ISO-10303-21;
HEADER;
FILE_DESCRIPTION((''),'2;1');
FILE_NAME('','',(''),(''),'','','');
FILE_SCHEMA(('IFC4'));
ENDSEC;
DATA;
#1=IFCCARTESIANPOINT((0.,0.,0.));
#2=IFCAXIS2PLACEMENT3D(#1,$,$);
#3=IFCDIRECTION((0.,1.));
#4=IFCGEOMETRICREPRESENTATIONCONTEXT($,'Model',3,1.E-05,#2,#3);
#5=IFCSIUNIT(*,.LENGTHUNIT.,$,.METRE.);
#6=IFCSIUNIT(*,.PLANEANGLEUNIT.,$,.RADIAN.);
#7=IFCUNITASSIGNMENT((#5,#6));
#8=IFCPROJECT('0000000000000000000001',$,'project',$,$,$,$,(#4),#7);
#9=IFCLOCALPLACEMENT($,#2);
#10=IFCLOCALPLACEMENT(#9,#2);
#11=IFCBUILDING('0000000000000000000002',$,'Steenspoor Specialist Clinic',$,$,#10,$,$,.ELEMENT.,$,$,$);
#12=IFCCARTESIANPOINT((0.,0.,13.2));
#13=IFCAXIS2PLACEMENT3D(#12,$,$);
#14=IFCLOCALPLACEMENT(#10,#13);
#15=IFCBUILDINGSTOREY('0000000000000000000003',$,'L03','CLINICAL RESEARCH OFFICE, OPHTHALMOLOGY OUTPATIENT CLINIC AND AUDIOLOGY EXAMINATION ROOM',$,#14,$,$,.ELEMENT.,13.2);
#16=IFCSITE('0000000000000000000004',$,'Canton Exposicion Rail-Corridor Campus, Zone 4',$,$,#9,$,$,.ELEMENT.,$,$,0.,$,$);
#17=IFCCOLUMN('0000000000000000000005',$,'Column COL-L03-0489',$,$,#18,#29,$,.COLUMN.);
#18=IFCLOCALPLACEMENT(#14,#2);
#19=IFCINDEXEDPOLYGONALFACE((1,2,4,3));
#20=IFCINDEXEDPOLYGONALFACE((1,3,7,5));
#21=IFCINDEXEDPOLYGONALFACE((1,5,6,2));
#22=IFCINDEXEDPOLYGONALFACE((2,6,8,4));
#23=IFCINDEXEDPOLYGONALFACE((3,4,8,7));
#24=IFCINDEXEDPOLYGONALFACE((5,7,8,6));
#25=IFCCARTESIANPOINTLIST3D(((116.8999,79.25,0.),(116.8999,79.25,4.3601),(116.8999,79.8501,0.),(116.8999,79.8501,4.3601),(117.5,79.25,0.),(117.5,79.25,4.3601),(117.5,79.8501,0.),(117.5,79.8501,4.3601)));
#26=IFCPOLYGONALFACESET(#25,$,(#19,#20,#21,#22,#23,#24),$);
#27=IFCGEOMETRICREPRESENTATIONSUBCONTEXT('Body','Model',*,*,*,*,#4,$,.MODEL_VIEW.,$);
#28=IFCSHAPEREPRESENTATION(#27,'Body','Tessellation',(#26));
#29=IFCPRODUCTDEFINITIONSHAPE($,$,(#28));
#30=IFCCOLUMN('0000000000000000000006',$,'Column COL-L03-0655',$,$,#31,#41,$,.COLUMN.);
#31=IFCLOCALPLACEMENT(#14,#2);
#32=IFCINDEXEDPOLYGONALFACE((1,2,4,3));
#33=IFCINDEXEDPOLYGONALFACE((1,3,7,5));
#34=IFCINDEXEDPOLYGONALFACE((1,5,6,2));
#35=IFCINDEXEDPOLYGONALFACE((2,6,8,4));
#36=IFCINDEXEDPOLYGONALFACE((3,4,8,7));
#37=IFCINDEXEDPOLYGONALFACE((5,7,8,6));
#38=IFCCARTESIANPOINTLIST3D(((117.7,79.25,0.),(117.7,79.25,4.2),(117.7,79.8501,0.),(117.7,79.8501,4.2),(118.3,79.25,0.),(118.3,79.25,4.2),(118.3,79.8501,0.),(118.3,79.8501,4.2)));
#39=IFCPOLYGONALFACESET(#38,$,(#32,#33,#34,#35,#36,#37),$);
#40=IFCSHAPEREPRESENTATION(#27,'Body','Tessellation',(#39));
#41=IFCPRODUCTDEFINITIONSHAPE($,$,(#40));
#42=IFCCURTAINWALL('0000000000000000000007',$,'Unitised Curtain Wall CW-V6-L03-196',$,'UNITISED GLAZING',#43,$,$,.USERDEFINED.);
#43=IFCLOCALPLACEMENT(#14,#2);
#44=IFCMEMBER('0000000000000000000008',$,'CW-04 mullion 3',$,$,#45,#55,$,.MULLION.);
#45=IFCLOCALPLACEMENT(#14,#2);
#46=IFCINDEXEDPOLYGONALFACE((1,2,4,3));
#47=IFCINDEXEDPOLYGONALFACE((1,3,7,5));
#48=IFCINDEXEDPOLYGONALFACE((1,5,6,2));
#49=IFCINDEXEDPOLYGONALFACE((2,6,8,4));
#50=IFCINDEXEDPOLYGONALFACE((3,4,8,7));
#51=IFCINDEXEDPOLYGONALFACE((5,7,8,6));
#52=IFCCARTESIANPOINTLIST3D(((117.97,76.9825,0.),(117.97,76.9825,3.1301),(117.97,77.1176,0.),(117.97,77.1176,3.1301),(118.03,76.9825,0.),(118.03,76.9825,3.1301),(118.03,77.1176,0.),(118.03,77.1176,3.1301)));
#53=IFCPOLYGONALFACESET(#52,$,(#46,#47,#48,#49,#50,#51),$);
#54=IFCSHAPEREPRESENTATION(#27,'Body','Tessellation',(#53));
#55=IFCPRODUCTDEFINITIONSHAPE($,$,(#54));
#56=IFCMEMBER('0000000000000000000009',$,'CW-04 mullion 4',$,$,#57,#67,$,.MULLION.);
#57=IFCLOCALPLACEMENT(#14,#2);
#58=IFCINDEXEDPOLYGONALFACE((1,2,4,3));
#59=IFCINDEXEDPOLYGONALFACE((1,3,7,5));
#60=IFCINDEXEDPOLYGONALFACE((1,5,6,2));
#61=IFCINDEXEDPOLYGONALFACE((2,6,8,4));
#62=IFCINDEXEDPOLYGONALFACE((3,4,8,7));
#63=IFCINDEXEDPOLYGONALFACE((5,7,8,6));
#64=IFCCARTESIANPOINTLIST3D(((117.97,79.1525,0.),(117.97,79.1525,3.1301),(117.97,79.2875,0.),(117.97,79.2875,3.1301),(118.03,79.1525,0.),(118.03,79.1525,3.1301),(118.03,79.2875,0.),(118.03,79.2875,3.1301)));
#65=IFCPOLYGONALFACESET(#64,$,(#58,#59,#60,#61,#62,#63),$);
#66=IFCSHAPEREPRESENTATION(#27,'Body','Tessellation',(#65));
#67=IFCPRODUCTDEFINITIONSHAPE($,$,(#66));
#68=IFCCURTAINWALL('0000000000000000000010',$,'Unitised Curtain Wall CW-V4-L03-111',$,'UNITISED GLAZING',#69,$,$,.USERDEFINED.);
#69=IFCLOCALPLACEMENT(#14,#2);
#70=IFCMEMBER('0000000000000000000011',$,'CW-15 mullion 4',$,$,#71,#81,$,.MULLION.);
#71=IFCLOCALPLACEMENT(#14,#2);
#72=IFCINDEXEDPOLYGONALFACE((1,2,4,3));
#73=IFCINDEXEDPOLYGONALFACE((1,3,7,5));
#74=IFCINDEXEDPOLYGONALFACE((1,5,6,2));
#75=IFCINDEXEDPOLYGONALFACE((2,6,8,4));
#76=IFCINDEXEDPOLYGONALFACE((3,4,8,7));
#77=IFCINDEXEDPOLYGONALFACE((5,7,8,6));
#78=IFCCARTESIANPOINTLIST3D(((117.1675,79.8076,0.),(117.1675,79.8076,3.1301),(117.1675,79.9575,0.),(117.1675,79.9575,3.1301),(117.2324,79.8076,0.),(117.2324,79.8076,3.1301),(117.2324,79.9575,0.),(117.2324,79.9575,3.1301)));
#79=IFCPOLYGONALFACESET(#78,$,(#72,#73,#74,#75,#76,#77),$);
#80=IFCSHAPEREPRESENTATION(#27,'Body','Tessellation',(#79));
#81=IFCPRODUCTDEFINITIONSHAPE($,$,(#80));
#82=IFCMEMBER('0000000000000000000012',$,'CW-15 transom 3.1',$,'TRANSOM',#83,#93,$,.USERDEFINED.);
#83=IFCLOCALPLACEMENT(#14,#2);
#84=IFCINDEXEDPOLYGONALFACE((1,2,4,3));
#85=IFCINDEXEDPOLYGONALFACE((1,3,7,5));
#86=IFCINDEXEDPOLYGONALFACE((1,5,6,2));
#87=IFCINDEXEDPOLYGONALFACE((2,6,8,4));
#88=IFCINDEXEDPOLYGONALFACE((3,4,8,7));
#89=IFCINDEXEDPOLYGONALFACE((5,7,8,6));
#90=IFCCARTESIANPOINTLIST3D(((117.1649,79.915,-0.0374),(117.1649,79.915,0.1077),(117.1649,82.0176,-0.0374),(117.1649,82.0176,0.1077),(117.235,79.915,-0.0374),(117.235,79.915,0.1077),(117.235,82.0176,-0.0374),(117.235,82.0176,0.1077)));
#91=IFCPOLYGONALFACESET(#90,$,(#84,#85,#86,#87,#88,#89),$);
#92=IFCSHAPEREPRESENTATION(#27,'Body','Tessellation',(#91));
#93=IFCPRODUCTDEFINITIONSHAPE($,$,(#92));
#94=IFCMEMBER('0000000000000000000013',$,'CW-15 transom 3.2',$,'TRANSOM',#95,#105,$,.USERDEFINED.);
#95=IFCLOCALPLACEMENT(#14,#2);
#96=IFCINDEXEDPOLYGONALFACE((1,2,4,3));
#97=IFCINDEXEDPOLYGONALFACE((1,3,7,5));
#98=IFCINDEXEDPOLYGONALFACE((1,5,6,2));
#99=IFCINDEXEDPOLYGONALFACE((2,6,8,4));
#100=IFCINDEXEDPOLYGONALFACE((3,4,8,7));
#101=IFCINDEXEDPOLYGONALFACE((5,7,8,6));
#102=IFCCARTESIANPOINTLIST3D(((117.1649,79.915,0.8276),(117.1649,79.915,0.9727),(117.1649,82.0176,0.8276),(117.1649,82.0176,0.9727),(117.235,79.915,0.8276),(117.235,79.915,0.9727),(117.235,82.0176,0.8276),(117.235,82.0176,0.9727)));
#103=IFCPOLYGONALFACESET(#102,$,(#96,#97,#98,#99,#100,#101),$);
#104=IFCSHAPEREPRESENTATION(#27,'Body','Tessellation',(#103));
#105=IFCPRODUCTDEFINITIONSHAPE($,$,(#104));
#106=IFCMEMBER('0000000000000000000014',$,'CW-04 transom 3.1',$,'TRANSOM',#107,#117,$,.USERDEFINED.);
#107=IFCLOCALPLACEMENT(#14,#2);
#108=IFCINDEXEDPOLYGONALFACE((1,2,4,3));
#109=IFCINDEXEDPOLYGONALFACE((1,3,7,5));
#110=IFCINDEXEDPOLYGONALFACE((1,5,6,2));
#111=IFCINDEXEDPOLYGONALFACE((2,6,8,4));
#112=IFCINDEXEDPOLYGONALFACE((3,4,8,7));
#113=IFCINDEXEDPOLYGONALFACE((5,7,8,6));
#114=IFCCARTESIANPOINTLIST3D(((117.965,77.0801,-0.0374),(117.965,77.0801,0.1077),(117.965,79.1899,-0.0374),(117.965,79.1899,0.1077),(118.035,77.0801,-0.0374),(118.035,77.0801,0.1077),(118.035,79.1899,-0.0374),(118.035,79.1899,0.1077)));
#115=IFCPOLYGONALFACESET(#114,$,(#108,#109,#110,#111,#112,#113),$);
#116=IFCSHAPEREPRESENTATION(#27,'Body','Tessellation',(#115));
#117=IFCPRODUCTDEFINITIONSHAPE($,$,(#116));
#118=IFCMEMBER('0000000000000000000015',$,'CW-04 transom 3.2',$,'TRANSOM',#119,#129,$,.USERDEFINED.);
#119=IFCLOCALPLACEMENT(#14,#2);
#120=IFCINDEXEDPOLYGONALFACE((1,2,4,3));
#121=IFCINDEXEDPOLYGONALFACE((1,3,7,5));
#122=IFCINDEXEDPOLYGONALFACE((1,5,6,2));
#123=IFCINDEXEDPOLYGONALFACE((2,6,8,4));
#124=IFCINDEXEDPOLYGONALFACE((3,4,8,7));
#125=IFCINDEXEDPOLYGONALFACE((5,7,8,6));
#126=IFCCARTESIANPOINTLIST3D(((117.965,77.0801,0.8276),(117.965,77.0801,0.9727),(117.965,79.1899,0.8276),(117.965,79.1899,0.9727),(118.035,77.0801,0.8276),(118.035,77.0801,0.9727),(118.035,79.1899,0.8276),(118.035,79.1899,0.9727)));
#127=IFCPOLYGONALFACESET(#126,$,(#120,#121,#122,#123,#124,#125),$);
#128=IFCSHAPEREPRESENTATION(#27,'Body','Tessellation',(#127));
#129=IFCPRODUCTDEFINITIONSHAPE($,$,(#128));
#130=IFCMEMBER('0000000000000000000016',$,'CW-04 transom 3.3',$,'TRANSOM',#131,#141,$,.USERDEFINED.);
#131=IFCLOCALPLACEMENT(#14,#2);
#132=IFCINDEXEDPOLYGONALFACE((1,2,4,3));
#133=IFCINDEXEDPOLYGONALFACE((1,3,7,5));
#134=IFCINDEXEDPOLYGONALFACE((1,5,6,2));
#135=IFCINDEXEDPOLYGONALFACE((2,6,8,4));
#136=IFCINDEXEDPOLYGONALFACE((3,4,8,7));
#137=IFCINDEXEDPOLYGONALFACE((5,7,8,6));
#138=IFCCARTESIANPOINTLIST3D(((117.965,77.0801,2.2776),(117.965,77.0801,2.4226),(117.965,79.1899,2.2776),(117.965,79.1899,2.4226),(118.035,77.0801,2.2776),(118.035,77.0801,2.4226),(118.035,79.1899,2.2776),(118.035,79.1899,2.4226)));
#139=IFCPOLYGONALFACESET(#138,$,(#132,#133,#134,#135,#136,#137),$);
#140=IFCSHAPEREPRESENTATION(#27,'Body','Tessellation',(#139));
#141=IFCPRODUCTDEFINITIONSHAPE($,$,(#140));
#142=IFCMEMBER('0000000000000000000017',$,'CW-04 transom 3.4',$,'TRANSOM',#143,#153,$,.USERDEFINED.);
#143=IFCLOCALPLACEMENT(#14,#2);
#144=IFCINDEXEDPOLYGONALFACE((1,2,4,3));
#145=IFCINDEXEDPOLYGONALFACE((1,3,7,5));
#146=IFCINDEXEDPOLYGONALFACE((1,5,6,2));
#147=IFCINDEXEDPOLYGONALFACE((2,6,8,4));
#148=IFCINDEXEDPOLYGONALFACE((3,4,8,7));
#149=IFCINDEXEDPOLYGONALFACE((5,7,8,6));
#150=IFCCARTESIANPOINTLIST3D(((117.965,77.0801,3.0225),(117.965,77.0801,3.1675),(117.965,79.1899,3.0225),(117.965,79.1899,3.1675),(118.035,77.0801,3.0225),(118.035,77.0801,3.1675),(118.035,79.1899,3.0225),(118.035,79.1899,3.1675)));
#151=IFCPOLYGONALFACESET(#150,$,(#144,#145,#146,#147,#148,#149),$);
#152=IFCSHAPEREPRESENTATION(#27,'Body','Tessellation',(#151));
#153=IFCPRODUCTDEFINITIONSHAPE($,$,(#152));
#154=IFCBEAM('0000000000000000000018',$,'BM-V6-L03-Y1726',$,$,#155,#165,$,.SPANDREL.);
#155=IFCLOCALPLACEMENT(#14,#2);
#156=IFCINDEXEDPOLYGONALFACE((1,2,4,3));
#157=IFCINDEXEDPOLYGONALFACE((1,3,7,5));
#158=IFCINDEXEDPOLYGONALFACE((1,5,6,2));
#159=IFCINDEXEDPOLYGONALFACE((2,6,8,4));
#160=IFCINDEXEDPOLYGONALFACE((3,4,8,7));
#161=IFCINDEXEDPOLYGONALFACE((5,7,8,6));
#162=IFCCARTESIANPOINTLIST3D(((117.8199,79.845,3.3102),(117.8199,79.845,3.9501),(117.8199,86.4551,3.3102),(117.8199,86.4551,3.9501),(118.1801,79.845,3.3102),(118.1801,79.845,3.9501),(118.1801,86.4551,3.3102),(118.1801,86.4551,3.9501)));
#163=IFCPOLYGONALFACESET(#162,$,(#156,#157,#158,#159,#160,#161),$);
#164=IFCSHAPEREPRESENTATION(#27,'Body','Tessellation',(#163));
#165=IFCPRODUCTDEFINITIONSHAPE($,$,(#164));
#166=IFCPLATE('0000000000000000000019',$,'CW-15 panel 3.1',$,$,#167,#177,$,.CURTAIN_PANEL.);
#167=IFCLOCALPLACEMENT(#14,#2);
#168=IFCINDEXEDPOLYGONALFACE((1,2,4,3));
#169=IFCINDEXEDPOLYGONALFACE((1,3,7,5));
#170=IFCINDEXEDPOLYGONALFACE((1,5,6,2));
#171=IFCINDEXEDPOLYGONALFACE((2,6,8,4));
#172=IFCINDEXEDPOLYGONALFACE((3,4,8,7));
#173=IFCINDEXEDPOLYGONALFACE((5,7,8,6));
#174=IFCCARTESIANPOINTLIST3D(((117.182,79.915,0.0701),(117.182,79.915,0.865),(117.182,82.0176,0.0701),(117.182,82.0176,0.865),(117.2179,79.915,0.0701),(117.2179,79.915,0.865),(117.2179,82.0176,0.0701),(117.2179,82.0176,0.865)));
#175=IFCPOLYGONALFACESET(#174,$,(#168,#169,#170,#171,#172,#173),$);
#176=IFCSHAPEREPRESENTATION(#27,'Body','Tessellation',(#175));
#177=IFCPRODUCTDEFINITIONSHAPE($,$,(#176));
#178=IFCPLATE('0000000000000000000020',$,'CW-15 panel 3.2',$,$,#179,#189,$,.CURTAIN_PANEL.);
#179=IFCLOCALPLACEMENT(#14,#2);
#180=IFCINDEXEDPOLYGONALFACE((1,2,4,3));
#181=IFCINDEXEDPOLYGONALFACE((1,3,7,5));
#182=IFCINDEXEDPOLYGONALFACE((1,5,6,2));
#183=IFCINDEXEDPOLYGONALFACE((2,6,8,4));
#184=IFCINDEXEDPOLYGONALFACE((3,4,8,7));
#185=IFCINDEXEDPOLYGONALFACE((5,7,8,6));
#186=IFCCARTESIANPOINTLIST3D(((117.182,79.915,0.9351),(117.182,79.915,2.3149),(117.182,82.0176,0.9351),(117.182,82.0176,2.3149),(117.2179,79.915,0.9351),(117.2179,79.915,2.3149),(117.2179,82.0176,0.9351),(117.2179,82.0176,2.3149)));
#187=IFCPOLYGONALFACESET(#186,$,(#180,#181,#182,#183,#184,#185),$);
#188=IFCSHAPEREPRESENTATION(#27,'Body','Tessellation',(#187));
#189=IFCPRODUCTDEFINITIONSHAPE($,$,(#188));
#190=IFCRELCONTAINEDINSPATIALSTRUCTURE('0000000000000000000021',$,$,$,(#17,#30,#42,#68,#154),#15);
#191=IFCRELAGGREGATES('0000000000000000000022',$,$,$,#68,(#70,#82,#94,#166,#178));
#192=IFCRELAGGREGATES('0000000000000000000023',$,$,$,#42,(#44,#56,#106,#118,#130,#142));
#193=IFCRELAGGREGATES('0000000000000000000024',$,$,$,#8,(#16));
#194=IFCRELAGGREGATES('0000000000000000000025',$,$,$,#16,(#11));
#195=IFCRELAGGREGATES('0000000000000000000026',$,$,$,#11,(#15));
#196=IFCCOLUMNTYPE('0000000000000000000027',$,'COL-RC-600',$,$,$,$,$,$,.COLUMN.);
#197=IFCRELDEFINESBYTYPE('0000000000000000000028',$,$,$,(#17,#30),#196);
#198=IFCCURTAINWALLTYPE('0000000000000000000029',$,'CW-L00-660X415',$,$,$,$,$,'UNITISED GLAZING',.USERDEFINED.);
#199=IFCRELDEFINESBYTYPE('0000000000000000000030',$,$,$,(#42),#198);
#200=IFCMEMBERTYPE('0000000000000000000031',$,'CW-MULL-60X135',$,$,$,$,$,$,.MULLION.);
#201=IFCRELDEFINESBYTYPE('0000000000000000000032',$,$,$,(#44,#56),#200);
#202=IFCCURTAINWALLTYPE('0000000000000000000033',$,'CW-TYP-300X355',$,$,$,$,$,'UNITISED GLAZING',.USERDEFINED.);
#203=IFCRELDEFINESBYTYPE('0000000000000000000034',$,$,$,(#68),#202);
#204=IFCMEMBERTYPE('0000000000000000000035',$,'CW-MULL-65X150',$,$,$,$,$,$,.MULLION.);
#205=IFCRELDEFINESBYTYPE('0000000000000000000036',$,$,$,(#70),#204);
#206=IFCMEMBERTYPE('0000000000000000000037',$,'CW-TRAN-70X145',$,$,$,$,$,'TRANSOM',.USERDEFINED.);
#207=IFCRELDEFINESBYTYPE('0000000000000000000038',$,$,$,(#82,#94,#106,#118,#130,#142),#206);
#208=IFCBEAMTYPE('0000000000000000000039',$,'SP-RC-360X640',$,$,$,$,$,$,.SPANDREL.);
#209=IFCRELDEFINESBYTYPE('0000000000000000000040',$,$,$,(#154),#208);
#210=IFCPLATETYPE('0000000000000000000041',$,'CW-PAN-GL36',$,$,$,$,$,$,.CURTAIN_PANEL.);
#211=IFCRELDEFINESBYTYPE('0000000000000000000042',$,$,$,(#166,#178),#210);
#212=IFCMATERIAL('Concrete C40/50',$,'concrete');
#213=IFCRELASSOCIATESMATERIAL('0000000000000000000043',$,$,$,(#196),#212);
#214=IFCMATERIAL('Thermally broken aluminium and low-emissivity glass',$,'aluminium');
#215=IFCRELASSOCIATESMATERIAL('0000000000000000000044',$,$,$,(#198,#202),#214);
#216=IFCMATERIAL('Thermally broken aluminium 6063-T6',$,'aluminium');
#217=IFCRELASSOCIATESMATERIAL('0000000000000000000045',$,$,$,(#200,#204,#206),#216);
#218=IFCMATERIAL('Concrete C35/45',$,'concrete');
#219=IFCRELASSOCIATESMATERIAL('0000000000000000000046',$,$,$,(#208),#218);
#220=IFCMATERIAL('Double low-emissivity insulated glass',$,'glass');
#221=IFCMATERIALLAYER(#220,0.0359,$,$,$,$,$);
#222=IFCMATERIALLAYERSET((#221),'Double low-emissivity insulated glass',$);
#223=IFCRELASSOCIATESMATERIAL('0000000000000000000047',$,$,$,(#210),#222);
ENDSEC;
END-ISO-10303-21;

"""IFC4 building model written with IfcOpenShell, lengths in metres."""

from ifc_helpers import new_model, si_unit, direction, frame, origin, origin_2d, place, context, subcontext, project, spatial, rectangle, extrude, material, layer, layer_set, material_profile, profile_set, type_object, element, aggregate, save


model = new_model("IFC4")

# Units and contexts
model_context = context("Model", 3, precision=1e-05, world=origin(), true_north=direction((0.0, 1.0)))
body_context = subcontext(model_context, "Body", "Model", "MODEL_VIEW")
ifc_project = project(units=[si_unit("LENGTHUNIT", "METRE"), si_unit("PLANEANGLEUNIT", "RADIAN")], contexts=[model_context])

# Site, building, storey
site_placement = place(None, origin())
site = spatial("IfcSite", under=ifc_project, at=site_placement, Name="Canton Exposicion Rail-Corridor Campus, Zone 4", CompositionType="ELEMENT", RefElevation=0.0)
building_placement = place(site_placement, origin())
building = spatial("IfcBuilding", under=site, at=building_placement, Name="Steenspoor Specialist Clinic", CompositionType="ELEMENT")
storey_placement = place(building_placement, frame((0.0, 0.0, 13.2)))
storey = spatial("IfcBuildingStorey", under=building, at=storey_placement, Name="L03", Description="CLINICAL RESEARCH OFFICE, OPHTHALMOLOGY OUTPATIENT CLINIC AND AUDIOLOGY EXAMINATION ROOM", CompositionType="ELEMENT", Elevation=13.2)

# Columns
ifc_material_1 = material(Name="Concrete C40/50", Category="concrete")
ifc_material_profile_1 = material_profile(ifc_material_1, rectangle(XDim=0.6001, YDim=0.6001, at=origin_2d()), Name="RC-COL-600X600")
ifc_profile_set_1 = profile_set([ifc_material_profile_1], Name="Concrete C40/50")
column_type = type_object("IfcColumnType", Name="COL-RC-600", PredefinedType="COLUMN", material=ifc_profile_set_1)
column_1_placement = place(storey_placement, frame((117.2, 79.55, 0.0), z_axis=(0.0, 0.0, 1.0), x_axis=(1.0, 0.0, 0.0)))
element("IfcColumn", 1, at=column_1_placement, inside=storey, type_object=column_type, Name="Column COL-L03-0489", PredefinedType="COLUMN", context=body_context, shape_type="SweptSolid", body=[
    extrude(rectangle(XDim=0.6001, YDim=0.6001, at=origin_2d()), origin(), (0.0, 0.0, 1.0), 4.3601),
])
column_2_placement = place(storey_placement, frame((118.0, 79.55, 0.0), z_axis=(0.0, 0.0, 1.0), x_axis=(1.0, 0.0, 0.0)))
element("IfcColumn", 2, at=column_2_placement, inside=storey, type_object=column_type, Name="Column COL-L03-0655", PredefinedType="COLUMN", context=body_context, shape_type="SweptSolid", body=[
    extrude(rectangle(XDim=0.6001, YDim=0.6001, at=origin_2d()), origin(), (0.0, 0.0, 1.0), 4.2),
])

# Curtain walls, members
ifc_material_2 = material(Name="Thermally broken aluminium and low-emissivity glass", Category="aluminium")
curtain_wall_type_1 = type_object("IfcCurtainWallType", Name="CW-L00-660X415", ElementType="UNITISED GLAZING", PredefinedType="USERDEFINED", material=ifc_material_2)
curtain_wall_1_placement = place(storey_placement, origin())
curtain_wall_1 = element("IfcCurtainWall", 3, at=curtain_wall_1_placement, inside=storey, type_object=curtain_wall_type_1, Name="Unitised Curtain Wall CW-V6-L03-196", ObjectType="UNITISED GLAZING", PredefinedType="USERDEFINED")
ifc_material_3 = material(Name="Thermally broken aluminium 6063-T6", Category="aluminium")
ifc_material_profile_2 = material_profile(ifc_material_3, rectangle(XDim=0.0601, YDim=0.135, at=origin_2d()), Name="CWM-60X135")
ifc_profile_set_2 = profile_set([ifc_material_profile_2], Name="Thermally broken aluminium 6063-T6")
member_type_1 = type_object("IfcMemberType", Name="CW-MULL-60X135", PredefinedType="MULLION", material=ifc_profile_set_2)
member_1_placement = place(storey_placement, frame((118.0, 77.05, 0.0), z_axis=(0.0, 0.0, 1.0), x_axis=(-1.0, 0.0, 0.0)))
member_1 = element("IfcMember", 4, at=member_1_placement, type_object=member_type_1, Name="CW-04 mullion 3", PredefinedType="MULLION", context=body_context, shape_type="SweptSolid", body=[
    extrude(rectangle(XDim=0.0601, YDim=0.135, at=origin_2d()), origin(), (0.0, 0.0, 1.0), 3.1301),
])
member_2_placement = place(storey_placement, frame((118.0, 79.22, 0.0), z_axis=(0.0, 0.0, 1.0), x_axis=(-1.0, 0.0, 0.0)))
member_2 = element("IfcMember", 5, at=member_2_placement, type_object=member_type_1, Name="CW-04 mullion 4", PredefinedType="MULLION", context=body_context, shape_type="SweptSolid", body=[
    extrude(rectangle(XDim=0.0601, YDim=0.135, at=origin_2d()), origin(), (0.0, 0.0, 1.0), 3.1301),
])
curtain_wall_type_2 = type_object("IfcCurtainWallType", Name="CW-TYP-300X355", ElementType="UNITISED GLAZING", PredefinedType="USERDEFINED", material=ifc_material_2)
curtain_wall_2_placement = place(storey_placement, origin())
curtain_wall_2 = element("IfcCurtainWall", 6, at=curtain_wall_2_placement, inside=storey, type_object=curtain_wall_type_2, Name="Unitised Curtain Wall CW-V4-L03-111", ObjectType="UNITISED GLAZING", PredefinedType="USERDEFINED")
ifc_material_profile_3 = material_profile(ifc_material_3, rectangle(XDim=0.0649, YDim=0.1499, at=origin_2d()), Name="CWM-65X150")
ifc_profile_set_3 = profile_set([ifc_material_profile_3], Name="Thermally broken aluminium 6063-T6")
member_type_2 = type_object("IfcMemberType", Name="CW-MULL-65X150", PredefinedType="MULLION", material=ifc_profile_set_3)
member_3_placement = place(storey_placement, frame((117.2, 79.8826, 0.0), z_axis=(0.0, 0.0, 1.0), x_axis=(1.0, 0.0, 0.0)))
member_3 = element("IfcMember", 7, at=member_3_placement, type_object=member_type_2, Name="CW-15 mullion 4", PredefinedType="MULLION", context=body_context, shape_type="SweptSolid", body=[
    extrude(rectangle(XDim=0.0649, YDim=0.1499, at=origin_2d()), origin(), (0.0, 0.0, 1.0), 3.1301),
])
ifc_material_profile_4 = material_profile(ifc_material_3, rectangle(XDim=0.0701, YDim=0.145, at=origin_2d()), Name="CWT-70X145")
ifc_profile_set_4 = profile_set([ifc_material_profile_4], Name="Thermally broken aluminium 6063-T6")
member_type_3 = type_object("IfcMemberType", Name="CW-TRAN-70X145", ElementType="TRANSOM", PredefinedType="USERDEFINED", material=ifc_profile_set_4)
member_4_placement = place(storey_placement, frame((117.2, 82.0176, 0.0352), z_axis=(0.0, -1.0, 0.0), x_axis=(1.0, 0.0, 0.0)))
member_4 = element("IfcMember", 8, at=member_4_placement, type_object=member_type_3, Name="CW-15 transom 3.1", ObjectType="TRANSOM", PredefinedType="USERDEFINED", context=body_context, shape_type="SweptSolid", body=[
    extrude(rectangle(XDim=0.0701, YDim=0.145, at=origin_2d()), origin(), (0.0, 0.0, 1.0), 2.1025),
])
member_5_placement = place(storey_placement, frame((117.2, 82.0176, 0.9001), z_axis=(0.0, -1.0, 0.0), x_axis=(1.0, 0.0, 0.0)))
member_5 = element("IfcMember", 9, at=member_5_placement, type_object=member_type_3, Name="CW-15 transom 3.2", ObjectType="TRANSOM", PredefinedType="USERDEFINED", context=body_context, shape_type="SweptSolid", body=[
    extrude(rectangle(XDim=0.0701, YDim=0.145, at=origin_2d()), origin(), (0.0, 0.0, 1.0), 2.1025),
])

# Members
member_6_placement = place(storey_placement, frame((118.0, 77.0801, 0.0352), z_axis=(0.0, 1.0, 0.0), x_axis=(-1.0, 0.0, 0.0)))
member_6 = element("IfcMember", 10, at=member_6_placement, type_object=member_type_3, Name="CW-04 transom 3.1", ObjectType="TRANSOM", PredefinedType="USERDEFINED", context=body_context, shape_type="SweptSolid", body=[
    extrude(rectangle(XDim=0.0701, YDim=0.145, at=origin_2d()), origin(), (0.0, 0.0, 1.0), 2.1099),
])
member_7_placement = place(storey_placement, frame((118.0, 77.0801, 0.9001), z_axis=(0.0, 1.0, 0.0), x_axis=(-1.0, 0.0, 0.0)))
member_7 = element("IfcMember", 11, at=member_7_placement, type_object=member_type_3, Name="CW-04 transom 3.2", ObjectType="TRANSOM", PredefinedType="USERDEFINED", context=body_context, shape_type="SweptSolid", body=[
    extrude(rectangle(XDim=0.0701, YDim=0.145, at=origin_2d()), origin(), (0.0, 0.0, 1.0), 2.1099),
])
member_8_placement = place(storey_placement, frame((118.0, 77.0801, 2.3501), z_axis=(0.0, 1.0, 0.0), x_axis=(-1.0, 0.0, 0.0)))
member_8 = element("IfcMember", 12, at=member_8_placement, type_object=member_type_3, Name="CW-04 transom 3.3", ObjectType="TRANSOM", PredefinedType="USERDEFINED", context=body_context, shape_type="SweptSolid", body=[
    extrude(rectangle(XDim=0.0701, YDim=0.145, at=origin_2d()), origin(), (0.0, 0.0, 1.0), 2.1099),
])
member_9_placement = place(storey_placement, frame((118.0, 77.0801, 3.095), z_axis=(0.0, 1.0, 0.0), x_axis=(-1.0, 0.0, 0.0)))
member_9 = element("IfcMember", 13, at=member_9_placement, type_object=member_type_3, Name="CW-04 transom 3.4", ObjectType="TRANSOM", PredefinedType="USERDEFINED", context=body_context, shape_type="SweptSolid", body=[
    extrude(rectangle(XDim=0.0701, YDim=0.145, at=origin_2d()), origin(), (0.0, 0.0, 1.0), 2.1099),
])

# Beam
ifc_material_4 = material(Name="Concrete C35/45", Category="concrete")
ifc_material_profile_5 = material_profile(ifc_material_4, rectangle(XDim=0.3601, YDim=0.6399, at=origin_2d()), Name="RC-SP-360X640")
ifc_profile_set_5 = profile_set([ifc_material_profile_5], Name="Concrete C35/45")
beam_type = type_object("IfcBeamType", Name="SP-RC-360X640", PredefinedType="SPANDREL", material=ifc_profile_set_5)
beam_placement = place(storey_placement, frame((118.0, 79.845, 3.6301), z_axis=(0.0, 1.0, 0.0), x_axis=(-1.0, 0.0, 0.0)))
element("IfcBeam", 14, at=beam_placement, inside=storey, type_object=beam_type, Name="BM-V6-L03-Y1726", PredefinedType="SPANDREL", context=body_context, shape_type="SweptSolid", body=[
    extrude(rectangle(XDim=0.3601, YDim=0.6399, at=origin_2d()), origin(), (0.0, 0.0, 1.0), 6.6101),
])

# Plates
ifc_material_5 = material(Name="Double low-emissivity insulated glass", Category="glass")
ifc_layer_1 = layer(ifc_material_5, 0.0359)
ifc_layer_set_1 = layer_set([ifc_layer_1], Name="Double low-emissivity insulated glass")
plate_type_1 = type_object("IfcPlateType", Name="CW-PAN-GL36", PredefinedType="CURTAIN_PANEL", material=ifc_layer_set_1)
plate_1_placement = place(storey_placement, frame((117.2, 80.9663, 0.0701), z_axis=(0.0, 0.0, 1.0), x_axis=(0.0, -1.0, 0.0)))
plate_1 = element("IfcPlate", 15, at=plate_1_placement, type_object=plate_type_1, Name="CW-15 panel 3.1", PredefinedType="CURTAIN_PANEL", context=body_context, shape_type="SweptSolid", body=[
    extrude(rectangle(XDim=2.1025, YDim=0.0359, at=origin_2d()), origin(), (0.0, 0.0, 1.0), 0.7949),
])
plate_2_placement = place(storey_placement, frame((117.2, 80.9663, 0.9351), z_axis=(0.0, 0.0, 1.0), x_axis=(0.0, -1.0, 0.0)))
plate_2 = element("IfcPlate", 16, at=plate_2_placement, type_object=plate_type_1, Name="CW-15 panel 3.2", PredefinedType="CURTAIN_PANEL", context=body_context, shape_type="SweptSolid", body=[
    extrude(rectangle(XDim=2.1025, YDim=0.0359, at=origin_2d()), origin(), (0.0, 0.0, 1.0), 1.3799),
])
aggregate(curtain_wall_2, [member_3, member_4, member_5, plate_1, plate_2])
aggregate(curtain_wall_1, [member_1, member_2, member_6, member_7, member_8, member_9])

save(model, "model.ifc")
